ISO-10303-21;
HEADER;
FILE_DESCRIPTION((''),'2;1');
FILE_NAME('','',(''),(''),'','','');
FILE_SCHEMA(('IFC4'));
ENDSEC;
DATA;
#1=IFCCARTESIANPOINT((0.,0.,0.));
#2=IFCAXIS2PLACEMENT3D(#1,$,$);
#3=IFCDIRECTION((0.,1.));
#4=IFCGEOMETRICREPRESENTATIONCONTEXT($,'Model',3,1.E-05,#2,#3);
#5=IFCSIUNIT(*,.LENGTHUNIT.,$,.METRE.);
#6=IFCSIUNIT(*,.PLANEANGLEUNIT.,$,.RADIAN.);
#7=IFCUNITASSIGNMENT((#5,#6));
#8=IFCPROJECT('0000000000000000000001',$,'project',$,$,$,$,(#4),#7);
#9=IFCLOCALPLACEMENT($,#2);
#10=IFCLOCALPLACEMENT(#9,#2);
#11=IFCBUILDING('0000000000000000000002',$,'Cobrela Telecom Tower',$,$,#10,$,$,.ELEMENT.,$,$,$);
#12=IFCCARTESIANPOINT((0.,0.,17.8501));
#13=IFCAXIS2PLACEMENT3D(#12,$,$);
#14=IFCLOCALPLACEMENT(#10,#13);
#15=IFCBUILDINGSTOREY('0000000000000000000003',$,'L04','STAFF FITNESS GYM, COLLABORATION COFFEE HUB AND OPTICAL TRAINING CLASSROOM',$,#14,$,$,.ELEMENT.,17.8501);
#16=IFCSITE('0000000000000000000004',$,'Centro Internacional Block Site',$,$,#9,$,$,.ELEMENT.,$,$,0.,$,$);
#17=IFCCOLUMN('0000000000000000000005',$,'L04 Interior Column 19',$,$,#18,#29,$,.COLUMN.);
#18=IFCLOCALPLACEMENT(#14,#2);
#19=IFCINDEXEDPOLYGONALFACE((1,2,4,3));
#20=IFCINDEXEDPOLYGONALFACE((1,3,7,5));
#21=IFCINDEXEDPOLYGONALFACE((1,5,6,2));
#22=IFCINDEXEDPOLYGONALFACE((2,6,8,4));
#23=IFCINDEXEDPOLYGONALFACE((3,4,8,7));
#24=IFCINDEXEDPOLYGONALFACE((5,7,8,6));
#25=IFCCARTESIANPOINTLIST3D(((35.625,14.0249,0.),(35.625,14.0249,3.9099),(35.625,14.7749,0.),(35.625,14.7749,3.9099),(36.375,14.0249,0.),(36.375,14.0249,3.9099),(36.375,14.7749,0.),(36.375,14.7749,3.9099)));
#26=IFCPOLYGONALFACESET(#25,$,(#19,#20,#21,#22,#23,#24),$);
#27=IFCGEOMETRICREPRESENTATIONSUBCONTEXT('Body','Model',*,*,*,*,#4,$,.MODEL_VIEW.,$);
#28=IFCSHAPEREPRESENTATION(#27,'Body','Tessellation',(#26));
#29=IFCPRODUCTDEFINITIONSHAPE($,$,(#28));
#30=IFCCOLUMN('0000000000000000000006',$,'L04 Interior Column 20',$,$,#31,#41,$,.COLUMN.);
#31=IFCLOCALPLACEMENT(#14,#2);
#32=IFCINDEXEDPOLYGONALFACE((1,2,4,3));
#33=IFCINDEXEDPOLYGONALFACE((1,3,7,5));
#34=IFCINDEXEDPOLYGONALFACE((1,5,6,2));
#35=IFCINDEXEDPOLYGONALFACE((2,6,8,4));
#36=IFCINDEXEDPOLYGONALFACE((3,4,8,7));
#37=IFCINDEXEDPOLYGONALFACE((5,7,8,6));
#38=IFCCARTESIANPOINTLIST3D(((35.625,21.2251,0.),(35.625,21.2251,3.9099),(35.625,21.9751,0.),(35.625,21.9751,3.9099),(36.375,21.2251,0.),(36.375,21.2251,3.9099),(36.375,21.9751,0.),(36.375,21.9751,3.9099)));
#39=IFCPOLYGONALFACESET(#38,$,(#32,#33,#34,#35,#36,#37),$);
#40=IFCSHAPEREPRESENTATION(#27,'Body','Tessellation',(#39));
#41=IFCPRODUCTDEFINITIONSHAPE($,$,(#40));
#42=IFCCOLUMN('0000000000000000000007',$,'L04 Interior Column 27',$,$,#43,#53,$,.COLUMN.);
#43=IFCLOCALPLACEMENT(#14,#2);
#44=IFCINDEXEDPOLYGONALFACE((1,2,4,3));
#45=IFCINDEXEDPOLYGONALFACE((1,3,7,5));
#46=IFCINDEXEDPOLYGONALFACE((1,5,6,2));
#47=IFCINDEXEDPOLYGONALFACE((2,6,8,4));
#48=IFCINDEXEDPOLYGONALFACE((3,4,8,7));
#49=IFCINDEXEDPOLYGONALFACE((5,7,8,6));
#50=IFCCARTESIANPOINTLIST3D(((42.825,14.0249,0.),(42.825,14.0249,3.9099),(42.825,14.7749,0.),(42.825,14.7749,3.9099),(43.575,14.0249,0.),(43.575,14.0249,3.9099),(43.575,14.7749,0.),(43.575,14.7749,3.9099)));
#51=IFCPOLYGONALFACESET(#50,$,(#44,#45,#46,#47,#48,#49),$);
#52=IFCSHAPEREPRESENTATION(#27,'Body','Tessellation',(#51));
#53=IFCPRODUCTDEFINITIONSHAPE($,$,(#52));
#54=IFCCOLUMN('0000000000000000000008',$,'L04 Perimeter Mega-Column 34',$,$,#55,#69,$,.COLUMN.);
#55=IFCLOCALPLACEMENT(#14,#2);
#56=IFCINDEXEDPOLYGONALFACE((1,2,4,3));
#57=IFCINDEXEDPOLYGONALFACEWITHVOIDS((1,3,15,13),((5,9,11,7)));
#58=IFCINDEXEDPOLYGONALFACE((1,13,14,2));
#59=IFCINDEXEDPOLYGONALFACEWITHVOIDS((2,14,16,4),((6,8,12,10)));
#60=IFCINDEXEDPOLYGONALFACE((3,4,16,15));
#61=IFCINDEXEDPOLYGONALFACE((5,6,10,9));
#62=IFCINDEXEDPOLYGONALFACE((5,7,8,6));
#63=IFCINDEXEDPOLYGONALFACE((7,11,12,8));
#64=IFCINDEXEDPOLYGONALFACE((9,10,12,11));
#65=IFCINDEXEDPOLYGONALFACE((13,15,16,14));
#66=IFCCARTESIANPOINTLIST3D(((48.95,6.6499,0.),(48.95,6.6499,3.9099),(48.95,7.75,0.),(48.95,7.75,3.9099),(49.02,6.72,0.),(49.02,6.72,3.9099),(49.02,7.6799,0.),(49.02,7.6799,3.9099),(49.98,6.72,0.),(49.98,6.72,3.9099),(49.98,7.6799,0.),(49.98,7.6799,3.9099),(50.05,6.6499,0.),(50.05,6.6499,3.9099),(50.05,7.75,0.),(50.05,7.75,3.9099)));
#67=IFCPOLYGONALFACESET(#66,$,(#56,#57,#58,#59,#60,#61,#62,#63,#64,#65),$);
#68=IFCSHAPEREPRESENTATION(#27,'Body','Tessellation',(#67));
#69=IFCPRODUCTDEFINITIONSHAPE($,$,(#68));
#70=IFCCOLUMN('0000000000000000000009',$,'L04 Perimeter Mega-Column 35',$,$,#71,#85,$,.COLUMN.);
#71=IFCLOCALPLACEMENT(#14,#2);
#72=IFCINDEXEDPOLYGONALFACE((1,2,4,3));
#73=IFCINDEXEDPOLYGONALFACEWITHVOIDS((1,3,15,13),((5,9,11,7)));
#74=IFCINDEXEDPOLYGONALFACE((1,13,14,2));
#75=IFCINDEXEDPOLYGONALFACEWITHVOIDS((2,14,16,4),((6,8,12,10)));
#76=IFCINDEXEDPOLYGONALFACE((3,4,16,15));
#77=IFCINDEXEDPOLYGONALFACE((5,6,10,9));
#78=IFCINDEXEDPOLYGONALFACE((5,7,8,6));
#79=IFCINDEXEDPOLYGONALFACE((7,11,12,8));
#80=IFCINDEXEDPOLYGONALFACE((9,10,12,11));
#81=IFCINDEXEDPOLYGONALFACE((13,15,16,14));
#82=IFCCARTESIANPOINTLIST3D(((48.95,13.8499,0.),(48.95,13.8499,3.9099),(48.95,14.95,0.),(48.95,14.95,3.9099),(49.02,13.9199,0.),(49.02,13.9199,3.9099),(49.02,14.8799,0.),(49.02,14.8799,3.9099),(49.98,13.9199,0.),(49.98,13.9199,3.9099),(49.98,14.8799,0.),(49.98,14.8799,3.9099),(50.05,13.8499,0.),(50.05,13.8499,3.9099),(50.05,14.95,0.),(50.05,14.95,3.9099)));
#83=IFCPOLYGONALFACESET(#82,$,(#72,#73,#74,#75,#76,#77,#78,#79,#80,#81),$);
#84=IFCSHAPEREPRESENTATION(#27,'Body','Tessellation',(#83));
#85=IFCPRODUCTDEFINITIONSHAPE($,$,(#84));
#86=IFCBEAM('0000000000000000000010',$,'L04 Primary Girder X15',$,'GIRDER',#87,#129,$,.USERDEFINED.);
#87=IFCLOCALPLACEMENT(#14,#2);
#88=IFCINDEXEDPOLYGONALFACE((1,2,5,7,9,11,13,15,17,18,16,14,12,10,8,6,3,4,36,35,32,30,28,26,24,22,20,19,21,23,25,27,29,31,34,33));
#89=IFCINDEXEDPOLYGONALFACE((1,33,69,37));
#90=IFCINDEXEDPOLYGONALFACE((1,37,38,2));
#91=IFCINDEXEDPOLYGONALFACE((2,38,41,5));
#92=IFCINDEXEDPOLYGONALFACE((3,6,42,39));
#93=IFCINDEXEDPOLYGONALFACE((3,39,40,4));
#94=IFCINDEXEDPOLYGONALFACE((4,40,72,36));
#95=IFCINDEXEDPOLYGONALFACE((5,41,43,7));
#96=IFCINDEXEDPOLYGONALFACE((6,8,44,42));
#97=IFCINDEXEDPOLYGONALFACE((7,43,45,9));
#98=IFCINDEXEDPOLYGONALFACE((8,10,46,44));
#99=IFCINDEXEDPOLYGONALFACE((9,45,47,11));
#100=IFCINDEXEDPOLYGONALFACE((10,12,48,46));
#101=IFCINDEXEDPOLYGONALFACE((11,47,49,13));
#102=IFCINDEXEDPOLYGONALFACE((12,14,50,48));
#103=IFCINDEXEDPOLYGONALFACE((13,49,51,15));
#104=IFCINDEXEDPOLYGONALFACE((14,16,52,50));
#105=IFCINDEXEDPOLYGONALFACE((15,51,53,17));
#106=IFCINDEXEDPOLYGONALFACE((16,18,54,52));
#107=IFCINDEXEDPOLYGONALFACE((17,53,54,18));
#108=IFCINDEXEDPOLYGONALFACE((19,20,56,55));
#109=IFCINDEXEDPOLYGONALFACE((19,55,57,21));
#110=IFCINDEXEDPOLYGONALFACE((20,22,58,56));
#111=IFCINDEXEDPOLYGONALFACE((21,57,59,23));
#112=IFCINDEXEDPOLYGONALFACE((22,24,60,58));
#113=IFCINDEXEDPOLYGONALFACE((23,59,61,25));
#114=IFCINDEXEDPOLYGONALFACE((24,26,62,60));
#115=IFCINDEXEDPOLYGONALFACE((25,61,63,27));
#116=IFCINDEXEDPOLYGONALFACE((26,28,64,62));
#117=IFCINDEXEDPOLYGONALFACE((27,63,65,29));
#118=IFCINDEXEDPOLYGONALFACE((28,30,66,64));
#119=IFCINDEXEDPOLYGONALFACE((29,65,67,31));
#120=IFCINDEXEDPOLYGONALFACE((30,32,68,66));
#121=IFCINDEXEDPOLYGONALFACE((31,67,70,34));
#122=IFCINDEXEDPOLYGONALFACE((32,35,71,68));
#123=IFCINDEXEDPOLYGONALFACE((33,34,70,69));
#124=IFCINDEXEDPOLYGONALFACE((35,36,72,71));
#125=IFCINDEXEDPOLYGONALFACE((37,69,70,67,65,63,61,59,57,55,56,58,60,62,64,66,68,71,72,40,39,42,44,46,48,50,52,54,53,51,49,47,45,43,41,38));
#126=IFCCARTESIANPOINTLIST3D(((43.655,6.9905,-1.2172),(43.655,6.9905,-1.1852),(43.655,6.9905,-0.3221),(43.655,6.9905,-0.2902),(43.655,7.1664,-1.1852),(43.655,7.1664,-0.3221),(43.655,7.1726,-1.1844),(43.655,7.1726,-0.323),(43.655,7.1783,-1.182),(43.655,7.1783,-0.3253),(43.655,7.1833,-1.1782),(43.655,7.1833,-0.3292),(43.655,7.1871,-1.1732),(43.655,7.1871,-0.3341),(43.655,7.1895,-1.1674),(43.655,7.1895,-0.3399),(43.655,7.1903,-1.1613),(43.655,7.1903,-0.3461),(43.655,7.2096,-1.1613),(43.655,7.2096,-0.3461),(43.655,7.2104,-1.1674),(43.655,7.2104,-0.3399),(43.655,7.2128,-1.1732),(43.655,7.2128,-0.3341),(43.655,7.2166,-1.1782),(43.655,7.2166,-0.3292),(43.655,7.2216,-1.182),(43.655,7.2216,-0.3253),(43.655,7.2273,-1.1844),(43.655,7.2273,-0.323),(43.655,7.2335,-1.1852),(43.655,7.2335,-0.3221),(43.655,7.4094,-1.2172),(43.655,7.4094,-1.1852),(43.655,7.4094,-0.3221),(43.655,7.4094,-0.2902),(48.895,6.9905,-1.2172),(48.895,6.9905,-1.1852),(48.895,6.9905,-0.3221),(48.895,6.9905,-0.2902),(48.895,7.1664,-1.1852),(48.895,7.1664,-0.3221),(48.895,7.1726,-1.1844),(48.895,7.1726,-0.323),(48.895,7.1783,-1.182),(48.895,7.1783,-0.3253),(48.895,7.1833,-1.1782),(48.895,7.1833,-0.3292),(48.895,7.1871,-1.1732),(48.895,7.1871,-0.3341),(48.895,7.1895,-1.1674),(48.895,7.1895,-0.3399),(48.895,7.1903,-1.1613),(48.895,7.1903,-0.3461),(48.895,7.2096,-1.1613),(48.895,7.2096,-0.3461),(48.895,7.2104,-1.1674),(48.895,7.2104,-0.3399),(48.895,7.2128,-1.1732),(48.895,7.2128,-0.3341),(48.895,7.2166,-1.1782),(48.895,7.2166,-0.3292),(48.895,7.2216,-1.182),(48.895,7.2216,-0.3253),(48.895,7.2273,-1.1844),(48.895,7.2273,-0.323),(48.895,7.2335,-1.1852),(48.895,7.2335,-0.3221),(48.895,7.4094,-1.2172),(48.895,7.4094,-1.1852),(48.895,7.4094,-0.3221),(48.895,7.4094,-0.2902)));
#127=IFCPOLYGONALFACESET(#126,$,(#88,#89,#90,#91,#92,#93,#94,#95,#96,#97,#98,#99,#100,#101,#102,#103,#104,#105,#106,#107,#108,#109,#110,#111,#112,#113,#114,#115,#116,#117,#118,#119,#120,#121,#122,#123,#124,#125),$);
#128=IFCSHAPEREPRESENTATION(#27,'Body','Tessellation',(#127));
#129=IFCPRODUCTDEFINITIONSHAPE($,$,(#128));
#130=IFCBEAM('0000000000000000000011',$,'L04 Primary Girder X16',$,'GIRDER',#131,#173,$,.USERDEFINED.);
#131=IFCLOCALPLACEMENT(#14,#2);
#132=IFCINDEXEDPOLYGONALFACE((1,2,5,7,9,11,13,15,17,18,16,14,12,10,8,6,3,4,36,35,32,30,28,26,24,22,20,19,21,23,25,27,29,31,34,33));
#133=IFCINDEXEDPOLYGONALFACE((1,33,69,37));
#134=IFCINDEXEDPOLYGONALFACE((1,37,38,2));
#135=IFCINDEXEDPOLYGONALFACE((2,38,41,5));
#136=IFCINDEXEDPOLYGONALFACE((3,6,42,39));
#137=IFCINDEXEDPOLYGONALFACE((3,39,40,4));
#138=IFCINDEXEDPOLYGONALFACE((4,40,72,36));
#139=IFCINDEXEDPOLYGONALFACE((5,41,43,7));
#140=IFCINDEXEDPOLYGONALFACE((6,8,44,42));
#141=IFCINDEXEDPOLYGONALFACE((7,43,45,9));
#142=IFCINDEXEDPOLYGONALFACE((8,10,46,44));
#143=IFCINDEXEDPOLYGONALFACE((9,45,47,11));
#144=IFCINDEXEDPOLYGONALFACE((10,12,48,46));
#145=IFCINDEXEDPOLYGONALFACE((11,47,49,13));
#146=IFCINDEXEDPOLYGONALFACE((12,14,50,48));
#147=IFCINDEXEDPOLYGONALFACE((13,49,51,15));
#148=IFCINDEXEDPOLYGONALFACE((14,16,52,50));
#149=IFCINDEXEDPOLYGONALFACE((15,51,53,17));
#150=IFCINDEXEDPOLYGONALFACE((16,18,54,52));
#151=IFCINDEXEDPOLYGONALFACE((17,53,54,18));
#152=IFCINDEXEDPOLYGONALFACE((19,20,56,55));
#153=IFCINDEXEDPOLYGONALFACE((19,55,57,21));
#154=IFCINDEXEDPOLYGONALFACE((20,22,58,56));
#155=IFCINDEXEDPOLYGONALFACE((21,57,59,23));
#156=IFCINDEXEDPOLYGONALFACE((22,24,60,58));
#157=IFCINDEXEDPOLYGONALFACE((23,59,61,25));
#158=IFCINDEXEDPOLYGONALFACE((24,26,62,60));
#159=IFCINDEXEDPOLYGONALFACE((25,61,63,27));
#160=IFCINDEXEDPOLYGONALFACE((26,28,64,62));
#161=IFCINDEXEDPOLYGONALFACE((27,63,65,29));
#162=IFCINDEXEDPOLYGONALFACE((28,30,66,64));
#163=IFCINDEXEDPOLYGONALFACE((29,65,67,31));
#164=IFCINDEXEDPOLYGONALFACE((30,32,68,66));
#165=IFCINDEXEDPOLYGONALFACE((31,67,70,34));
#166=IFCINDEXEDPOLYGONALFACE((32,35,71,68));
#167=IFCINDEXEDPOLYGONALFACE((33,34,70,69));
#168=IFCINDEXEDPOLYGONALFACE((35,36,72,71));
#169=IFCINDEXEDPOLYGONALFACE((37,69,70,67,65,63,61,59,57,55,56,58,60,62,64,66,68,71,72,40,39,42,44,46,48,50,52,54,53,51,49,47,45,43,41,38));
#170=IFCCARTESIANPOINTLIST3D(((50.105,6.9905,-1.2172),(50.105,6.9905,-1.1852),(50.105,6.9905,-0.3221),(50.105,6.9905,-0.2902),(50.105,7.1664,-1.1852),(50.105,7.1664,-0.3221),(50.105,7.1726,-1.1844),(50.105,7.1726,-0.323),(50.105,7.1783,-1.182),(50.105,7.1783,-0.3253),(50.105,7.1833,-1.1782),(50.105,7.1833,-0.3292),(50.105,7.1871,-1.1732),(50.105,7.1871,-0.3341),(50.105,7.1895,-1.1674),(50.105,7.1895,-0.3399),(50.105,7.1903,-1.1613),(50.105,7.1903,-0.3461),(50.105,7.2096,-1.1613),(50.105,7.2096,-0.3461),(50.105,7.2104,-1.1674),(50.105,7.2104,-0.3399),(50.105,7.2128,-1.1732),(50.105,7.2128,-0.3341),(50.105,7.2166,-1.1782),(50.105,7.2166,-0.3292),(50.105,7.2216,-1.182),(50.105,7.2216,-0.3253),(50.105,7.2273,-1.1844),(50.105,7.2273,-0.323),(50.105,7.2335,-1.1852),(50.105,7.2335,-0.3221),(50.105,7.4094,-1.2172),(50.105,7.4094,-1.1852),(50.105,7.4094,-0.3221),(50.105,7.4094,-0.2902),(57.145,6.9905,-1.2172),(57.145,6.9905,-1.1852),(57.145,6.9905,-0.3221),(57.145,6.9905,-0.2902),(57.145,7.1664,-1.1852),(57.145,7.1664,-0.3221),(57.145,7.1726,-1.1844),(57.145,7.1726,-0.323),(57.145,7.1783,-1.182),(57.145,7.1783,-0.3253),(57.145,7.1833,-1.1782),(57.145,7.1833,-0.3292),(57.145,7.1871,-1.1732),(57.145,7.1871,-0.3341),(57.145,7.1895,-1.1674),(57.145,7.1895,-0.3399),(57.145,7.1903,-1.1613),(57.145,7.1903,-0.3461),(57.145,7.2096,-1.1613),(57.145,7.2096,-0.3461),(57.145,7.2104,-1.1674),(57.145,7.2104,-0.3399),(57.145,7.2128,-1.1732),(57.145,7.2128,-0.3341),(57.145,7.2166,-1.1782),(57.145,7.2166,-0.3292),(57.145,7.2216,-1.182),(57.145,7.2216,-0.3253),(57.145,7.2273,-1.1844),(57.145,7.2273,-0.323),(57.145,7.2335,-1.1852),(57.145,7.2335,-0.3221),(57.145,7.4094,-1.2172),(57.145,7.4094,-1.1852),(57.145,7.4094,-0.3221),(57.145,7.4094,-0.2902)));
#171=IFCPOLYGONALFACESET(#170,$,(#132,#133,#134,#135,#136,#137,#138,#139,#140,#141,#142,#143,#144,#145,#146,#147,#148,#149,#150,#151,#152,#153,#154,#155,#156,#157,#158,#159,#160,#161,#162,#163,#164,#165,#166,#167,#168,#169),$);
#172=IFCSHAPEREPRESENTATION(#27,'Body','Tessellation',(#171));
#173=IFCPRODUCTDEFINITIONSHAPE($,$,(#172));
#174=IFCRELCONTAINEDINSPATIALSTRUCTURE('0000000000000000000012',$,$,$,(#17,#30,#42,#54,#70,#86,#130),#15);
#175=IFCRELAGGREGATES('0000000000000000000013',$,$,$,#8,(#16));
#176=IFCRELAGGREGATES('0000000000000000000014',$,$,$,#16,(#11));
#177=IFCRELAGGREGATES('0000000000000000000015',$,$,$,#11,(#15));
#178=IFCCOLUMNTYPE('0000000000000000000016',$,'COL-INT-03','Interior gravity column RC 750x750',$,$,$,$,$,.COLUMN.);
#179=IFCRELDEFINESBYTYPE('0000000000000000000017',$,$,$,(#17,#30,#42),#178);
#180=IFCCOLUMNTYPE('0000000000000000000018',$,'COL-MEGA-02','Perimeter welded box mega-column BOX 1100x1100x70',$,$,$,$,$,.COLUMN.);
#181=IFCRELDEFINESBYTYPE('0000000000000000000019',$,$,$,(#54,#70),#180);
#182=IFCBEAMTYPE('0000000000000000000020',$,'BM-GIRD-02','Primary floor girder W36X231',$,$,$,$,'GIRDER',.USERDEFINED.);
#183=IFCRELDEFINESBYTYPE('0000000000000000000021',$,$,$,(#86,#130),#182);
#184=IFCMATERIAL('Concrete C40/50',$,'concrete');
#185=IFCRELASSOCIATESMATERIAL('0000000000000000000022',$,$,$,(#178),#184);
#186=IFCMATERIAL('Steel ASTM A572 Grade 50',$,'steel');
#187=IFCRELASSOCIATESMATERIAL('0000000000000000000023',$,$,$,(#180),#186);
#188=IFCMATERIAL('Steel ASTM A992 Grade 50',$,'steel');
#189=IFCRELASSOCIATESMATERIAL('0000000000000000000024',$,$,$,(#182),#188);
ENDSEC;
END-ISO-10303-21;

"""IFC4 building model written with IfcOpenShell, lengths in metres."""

from ifc_helpers import new_model, si_unit, direction, frame, origin, origin_2d, place, context, subcontext, project, spatial, rectangle, hollow_rectangle, i_section, extrude, material, material_profile, profile_set, type_object, element, save


model = new_model("IFC4")

# Units and contexts
model_context = context("Model", 3, precision=1e-05, world=origin(), true_north=direction((0.0, 1.0)))
body_context = subcontext(model_context, "Body", "Model", "MODEL_VIEW")
ifc_project = project(units=[si_unit("LENGTHUNIT", "METRE"), si_unit("PLANEANGLEUNIT", "RADIAN")], contexts=[model_context])

# Site, building, storey
site_placement = place(None, origin())
site = spatial("IfcSite", under=ifc_project, at=site_placement, Name="Centro Internacional Block Site", CompositionType="ELEMENT", RefElevation=0.0)
building_placement = place(site_placement, origin())
building = spatial("IfcBuilding", under=site, at=building_placement, Name="Cobrela Telecom Tower", CompositionType="ELEMENT")
storey_placement = place(building_placement, frame((0.0, 0.0, 17.8501)))
storey = spatial("IfcBuildingStorey", under=building, at=storey_placement, Name="L04", Description="STAFF FITNESS GYM, COLLABORATION COFFEE HUB AND OPTICAL TRAINING CLASSROOM", CompositionType="ELEMENT", Elevation=17.8501)

# Columns
ifc_material_1 = material(Name="Concrete C40/50", Category="concrete")
ifc_material_profile_1 = material_profile(ifc_material_1, rectangle(XDim=0.75, YDim=0.75, at=origin_2d()), Name="RC 750x750")
ifc_profile_set_1 = profile_set([ifc_material_profile_1], Name="Concrete C40/50")
column_type_1 = type_object("IfcColumnType", Name="COL-INT-03", Description="Interior gravity column RC 750x750", PredefinedType="COLUMN", material=ifc_profile_set_1)
for number, where, z_axis, x_axis, name in (
    (1, (36.0, 14.3999, 0.0), (0.0, 0.0, 1.0), (1.0, 0.0, 0.0), "L04 Interior Column 19"),
    (2, (36.0, 21.6001, 0.0), (0.0, 0.0, 1.0), (1.0, 0.0, 0.0), "L04 Interior Column 20"),
    (3, (43.2, 14.3999, 0.0), (0.0, 0.0, 1.0), (1.0, 0.0, 0.0), "L04 Interior Column 27"),
):
    element("IfcColumn", number, at=place(storey_placement, frame(where, z_axis=z_axis, x_axis=x_axis)), inside=storey, type_object=column_type_1, Name=name, PredefinedType="COLUMN", context=body_context, shape_type="SweptSolid", body=[
        extrude(rectangle(XDim=0.75, YDim=0.75, at=origin_2d()), origin(), (0.0, 0.0, 1.0), 3.9099),
    ])
ifc_material_2 = material(Name="Steel ASTM A572 Grade 50", Category="steel")
ifc_material_profile_2 = material_profile(ifc_material_2, hollow_rectangle(XDim=1.1001, YDim=1.1001, WallThickness=0.0701, at=origin_2d()), Name="BOX 1100x1100x70")
ifc_profile_set_2 = profile_set([ifc_material_profile_2], Name="Steel ASTM A572 Grade 50")
column_type_2 = type_object("IfcColumnType", Name="COL-MEGA-02", Description="Perimeter welded box mega-column BOX 1100x1100x70", PredefinedType="COLUMN", material=ifc_profile_set_2)
for number, where, z_axis, x_axis, name in (
    (4, (49.5, 7.2, 0.0), (0.0, 0.0, 1.0), (1.0, 0.0, 0.0), "L04 Perimeter Mega-Column 34"),
    (5, (49.5, 14.3999, 0.0), (0.0, 0.0, 1.0), (1.0, 0.0, 0.0), "L04 Perimeter Mega-Column 35"),
):
    element("IfcColumn", number, at=place(storey_placement, frame(where, z_axis=z_axis, x_axis=x_axis)), inside=storey, type_object=column_type_2, Name=name, PredefinedType="COLUMN", context=body_context, shape_type="SweptSolid", body=[
        extrude(hollow_rectangle(XDim=1.1001, YDim=1.1001, WallThickness=0.0701, at=origin_2d()), origin(), (0.0, 0.0, 1.0), 3.9099),
    ])

# Beams
ifc_material_3 = material(Name="Steel ASTM A992 Grade 50", Category="steel")
ifc_material_profile_3 = material_profile(ifc_material_3, i_section(OverallWidth=0.4189, OverallDepth=0.927, WebThickness=0.0193, FlangeThickness=0.032, FilletRadius=0.0239, at=origin_2d()), Name="W36X231")
ifc_profile_set_3 = profile_set([ifc_material_profile_3], Name="Steel ASTM A992 Grade 50")
beam_type_1 = type_object("IfcBeamType", Name="BM-GIRD-02", Description="Primary floor girder W36X231", ElementType="GIRDER", PredefinedType="USERDEFINED", material=ifc_profile_set_3)
beam_1_placement = place(storey_placement, frame((43.655, 7.2, -0.7537), z_axis=(1.0, 0.0, 0.0), x_axis=(0.0, 1.0, 0.0)))
element("IfcBeam", 6, at=beam_1_placement, inside=storey, type_object=beam_type_1, Name="L04 Primary Girder X15", ObjectType="GIRDER", PredefinedType="USERDEFINED", context=body_context, shape_type="SweptSolid", body=[
    extrude(i_section(OverallWidth=0.4189, OverallDepth=0.927, WebThickness=0.0193, FlangeThickness=0.032, FilletRadius=0.0239, at=origin_2d()), origin(), (0.0, 0.0, 1.0), 5.24),
])
beam_2_placement = place(storey_placement, frame((50.105, 7.2, -0.7537), z_axis=(1.0, 0.0, 0.0), x_axis=(0.0, 1.0, 0.0)))
element("IfcBeam", 7, at=beam_2_placement, inside=storey, type_object=beam_type_1, Name="L04 Primary Girder X16", ObjectType="GIRDER", PredefinedType="USERDEFINED", context=body_context, shape_type="SweptSolid", body=[
    extrude(i_section(OverallWidth=0.4189, OverallDepth=0.927, WebThickness=0.0193, FlangeThickness=0.032, FilletRadius=0.0239, at=origin_2d()), origin(), (0.0, 0.0, 1.0), 7.04),
])

save(model, "model.ifc")
